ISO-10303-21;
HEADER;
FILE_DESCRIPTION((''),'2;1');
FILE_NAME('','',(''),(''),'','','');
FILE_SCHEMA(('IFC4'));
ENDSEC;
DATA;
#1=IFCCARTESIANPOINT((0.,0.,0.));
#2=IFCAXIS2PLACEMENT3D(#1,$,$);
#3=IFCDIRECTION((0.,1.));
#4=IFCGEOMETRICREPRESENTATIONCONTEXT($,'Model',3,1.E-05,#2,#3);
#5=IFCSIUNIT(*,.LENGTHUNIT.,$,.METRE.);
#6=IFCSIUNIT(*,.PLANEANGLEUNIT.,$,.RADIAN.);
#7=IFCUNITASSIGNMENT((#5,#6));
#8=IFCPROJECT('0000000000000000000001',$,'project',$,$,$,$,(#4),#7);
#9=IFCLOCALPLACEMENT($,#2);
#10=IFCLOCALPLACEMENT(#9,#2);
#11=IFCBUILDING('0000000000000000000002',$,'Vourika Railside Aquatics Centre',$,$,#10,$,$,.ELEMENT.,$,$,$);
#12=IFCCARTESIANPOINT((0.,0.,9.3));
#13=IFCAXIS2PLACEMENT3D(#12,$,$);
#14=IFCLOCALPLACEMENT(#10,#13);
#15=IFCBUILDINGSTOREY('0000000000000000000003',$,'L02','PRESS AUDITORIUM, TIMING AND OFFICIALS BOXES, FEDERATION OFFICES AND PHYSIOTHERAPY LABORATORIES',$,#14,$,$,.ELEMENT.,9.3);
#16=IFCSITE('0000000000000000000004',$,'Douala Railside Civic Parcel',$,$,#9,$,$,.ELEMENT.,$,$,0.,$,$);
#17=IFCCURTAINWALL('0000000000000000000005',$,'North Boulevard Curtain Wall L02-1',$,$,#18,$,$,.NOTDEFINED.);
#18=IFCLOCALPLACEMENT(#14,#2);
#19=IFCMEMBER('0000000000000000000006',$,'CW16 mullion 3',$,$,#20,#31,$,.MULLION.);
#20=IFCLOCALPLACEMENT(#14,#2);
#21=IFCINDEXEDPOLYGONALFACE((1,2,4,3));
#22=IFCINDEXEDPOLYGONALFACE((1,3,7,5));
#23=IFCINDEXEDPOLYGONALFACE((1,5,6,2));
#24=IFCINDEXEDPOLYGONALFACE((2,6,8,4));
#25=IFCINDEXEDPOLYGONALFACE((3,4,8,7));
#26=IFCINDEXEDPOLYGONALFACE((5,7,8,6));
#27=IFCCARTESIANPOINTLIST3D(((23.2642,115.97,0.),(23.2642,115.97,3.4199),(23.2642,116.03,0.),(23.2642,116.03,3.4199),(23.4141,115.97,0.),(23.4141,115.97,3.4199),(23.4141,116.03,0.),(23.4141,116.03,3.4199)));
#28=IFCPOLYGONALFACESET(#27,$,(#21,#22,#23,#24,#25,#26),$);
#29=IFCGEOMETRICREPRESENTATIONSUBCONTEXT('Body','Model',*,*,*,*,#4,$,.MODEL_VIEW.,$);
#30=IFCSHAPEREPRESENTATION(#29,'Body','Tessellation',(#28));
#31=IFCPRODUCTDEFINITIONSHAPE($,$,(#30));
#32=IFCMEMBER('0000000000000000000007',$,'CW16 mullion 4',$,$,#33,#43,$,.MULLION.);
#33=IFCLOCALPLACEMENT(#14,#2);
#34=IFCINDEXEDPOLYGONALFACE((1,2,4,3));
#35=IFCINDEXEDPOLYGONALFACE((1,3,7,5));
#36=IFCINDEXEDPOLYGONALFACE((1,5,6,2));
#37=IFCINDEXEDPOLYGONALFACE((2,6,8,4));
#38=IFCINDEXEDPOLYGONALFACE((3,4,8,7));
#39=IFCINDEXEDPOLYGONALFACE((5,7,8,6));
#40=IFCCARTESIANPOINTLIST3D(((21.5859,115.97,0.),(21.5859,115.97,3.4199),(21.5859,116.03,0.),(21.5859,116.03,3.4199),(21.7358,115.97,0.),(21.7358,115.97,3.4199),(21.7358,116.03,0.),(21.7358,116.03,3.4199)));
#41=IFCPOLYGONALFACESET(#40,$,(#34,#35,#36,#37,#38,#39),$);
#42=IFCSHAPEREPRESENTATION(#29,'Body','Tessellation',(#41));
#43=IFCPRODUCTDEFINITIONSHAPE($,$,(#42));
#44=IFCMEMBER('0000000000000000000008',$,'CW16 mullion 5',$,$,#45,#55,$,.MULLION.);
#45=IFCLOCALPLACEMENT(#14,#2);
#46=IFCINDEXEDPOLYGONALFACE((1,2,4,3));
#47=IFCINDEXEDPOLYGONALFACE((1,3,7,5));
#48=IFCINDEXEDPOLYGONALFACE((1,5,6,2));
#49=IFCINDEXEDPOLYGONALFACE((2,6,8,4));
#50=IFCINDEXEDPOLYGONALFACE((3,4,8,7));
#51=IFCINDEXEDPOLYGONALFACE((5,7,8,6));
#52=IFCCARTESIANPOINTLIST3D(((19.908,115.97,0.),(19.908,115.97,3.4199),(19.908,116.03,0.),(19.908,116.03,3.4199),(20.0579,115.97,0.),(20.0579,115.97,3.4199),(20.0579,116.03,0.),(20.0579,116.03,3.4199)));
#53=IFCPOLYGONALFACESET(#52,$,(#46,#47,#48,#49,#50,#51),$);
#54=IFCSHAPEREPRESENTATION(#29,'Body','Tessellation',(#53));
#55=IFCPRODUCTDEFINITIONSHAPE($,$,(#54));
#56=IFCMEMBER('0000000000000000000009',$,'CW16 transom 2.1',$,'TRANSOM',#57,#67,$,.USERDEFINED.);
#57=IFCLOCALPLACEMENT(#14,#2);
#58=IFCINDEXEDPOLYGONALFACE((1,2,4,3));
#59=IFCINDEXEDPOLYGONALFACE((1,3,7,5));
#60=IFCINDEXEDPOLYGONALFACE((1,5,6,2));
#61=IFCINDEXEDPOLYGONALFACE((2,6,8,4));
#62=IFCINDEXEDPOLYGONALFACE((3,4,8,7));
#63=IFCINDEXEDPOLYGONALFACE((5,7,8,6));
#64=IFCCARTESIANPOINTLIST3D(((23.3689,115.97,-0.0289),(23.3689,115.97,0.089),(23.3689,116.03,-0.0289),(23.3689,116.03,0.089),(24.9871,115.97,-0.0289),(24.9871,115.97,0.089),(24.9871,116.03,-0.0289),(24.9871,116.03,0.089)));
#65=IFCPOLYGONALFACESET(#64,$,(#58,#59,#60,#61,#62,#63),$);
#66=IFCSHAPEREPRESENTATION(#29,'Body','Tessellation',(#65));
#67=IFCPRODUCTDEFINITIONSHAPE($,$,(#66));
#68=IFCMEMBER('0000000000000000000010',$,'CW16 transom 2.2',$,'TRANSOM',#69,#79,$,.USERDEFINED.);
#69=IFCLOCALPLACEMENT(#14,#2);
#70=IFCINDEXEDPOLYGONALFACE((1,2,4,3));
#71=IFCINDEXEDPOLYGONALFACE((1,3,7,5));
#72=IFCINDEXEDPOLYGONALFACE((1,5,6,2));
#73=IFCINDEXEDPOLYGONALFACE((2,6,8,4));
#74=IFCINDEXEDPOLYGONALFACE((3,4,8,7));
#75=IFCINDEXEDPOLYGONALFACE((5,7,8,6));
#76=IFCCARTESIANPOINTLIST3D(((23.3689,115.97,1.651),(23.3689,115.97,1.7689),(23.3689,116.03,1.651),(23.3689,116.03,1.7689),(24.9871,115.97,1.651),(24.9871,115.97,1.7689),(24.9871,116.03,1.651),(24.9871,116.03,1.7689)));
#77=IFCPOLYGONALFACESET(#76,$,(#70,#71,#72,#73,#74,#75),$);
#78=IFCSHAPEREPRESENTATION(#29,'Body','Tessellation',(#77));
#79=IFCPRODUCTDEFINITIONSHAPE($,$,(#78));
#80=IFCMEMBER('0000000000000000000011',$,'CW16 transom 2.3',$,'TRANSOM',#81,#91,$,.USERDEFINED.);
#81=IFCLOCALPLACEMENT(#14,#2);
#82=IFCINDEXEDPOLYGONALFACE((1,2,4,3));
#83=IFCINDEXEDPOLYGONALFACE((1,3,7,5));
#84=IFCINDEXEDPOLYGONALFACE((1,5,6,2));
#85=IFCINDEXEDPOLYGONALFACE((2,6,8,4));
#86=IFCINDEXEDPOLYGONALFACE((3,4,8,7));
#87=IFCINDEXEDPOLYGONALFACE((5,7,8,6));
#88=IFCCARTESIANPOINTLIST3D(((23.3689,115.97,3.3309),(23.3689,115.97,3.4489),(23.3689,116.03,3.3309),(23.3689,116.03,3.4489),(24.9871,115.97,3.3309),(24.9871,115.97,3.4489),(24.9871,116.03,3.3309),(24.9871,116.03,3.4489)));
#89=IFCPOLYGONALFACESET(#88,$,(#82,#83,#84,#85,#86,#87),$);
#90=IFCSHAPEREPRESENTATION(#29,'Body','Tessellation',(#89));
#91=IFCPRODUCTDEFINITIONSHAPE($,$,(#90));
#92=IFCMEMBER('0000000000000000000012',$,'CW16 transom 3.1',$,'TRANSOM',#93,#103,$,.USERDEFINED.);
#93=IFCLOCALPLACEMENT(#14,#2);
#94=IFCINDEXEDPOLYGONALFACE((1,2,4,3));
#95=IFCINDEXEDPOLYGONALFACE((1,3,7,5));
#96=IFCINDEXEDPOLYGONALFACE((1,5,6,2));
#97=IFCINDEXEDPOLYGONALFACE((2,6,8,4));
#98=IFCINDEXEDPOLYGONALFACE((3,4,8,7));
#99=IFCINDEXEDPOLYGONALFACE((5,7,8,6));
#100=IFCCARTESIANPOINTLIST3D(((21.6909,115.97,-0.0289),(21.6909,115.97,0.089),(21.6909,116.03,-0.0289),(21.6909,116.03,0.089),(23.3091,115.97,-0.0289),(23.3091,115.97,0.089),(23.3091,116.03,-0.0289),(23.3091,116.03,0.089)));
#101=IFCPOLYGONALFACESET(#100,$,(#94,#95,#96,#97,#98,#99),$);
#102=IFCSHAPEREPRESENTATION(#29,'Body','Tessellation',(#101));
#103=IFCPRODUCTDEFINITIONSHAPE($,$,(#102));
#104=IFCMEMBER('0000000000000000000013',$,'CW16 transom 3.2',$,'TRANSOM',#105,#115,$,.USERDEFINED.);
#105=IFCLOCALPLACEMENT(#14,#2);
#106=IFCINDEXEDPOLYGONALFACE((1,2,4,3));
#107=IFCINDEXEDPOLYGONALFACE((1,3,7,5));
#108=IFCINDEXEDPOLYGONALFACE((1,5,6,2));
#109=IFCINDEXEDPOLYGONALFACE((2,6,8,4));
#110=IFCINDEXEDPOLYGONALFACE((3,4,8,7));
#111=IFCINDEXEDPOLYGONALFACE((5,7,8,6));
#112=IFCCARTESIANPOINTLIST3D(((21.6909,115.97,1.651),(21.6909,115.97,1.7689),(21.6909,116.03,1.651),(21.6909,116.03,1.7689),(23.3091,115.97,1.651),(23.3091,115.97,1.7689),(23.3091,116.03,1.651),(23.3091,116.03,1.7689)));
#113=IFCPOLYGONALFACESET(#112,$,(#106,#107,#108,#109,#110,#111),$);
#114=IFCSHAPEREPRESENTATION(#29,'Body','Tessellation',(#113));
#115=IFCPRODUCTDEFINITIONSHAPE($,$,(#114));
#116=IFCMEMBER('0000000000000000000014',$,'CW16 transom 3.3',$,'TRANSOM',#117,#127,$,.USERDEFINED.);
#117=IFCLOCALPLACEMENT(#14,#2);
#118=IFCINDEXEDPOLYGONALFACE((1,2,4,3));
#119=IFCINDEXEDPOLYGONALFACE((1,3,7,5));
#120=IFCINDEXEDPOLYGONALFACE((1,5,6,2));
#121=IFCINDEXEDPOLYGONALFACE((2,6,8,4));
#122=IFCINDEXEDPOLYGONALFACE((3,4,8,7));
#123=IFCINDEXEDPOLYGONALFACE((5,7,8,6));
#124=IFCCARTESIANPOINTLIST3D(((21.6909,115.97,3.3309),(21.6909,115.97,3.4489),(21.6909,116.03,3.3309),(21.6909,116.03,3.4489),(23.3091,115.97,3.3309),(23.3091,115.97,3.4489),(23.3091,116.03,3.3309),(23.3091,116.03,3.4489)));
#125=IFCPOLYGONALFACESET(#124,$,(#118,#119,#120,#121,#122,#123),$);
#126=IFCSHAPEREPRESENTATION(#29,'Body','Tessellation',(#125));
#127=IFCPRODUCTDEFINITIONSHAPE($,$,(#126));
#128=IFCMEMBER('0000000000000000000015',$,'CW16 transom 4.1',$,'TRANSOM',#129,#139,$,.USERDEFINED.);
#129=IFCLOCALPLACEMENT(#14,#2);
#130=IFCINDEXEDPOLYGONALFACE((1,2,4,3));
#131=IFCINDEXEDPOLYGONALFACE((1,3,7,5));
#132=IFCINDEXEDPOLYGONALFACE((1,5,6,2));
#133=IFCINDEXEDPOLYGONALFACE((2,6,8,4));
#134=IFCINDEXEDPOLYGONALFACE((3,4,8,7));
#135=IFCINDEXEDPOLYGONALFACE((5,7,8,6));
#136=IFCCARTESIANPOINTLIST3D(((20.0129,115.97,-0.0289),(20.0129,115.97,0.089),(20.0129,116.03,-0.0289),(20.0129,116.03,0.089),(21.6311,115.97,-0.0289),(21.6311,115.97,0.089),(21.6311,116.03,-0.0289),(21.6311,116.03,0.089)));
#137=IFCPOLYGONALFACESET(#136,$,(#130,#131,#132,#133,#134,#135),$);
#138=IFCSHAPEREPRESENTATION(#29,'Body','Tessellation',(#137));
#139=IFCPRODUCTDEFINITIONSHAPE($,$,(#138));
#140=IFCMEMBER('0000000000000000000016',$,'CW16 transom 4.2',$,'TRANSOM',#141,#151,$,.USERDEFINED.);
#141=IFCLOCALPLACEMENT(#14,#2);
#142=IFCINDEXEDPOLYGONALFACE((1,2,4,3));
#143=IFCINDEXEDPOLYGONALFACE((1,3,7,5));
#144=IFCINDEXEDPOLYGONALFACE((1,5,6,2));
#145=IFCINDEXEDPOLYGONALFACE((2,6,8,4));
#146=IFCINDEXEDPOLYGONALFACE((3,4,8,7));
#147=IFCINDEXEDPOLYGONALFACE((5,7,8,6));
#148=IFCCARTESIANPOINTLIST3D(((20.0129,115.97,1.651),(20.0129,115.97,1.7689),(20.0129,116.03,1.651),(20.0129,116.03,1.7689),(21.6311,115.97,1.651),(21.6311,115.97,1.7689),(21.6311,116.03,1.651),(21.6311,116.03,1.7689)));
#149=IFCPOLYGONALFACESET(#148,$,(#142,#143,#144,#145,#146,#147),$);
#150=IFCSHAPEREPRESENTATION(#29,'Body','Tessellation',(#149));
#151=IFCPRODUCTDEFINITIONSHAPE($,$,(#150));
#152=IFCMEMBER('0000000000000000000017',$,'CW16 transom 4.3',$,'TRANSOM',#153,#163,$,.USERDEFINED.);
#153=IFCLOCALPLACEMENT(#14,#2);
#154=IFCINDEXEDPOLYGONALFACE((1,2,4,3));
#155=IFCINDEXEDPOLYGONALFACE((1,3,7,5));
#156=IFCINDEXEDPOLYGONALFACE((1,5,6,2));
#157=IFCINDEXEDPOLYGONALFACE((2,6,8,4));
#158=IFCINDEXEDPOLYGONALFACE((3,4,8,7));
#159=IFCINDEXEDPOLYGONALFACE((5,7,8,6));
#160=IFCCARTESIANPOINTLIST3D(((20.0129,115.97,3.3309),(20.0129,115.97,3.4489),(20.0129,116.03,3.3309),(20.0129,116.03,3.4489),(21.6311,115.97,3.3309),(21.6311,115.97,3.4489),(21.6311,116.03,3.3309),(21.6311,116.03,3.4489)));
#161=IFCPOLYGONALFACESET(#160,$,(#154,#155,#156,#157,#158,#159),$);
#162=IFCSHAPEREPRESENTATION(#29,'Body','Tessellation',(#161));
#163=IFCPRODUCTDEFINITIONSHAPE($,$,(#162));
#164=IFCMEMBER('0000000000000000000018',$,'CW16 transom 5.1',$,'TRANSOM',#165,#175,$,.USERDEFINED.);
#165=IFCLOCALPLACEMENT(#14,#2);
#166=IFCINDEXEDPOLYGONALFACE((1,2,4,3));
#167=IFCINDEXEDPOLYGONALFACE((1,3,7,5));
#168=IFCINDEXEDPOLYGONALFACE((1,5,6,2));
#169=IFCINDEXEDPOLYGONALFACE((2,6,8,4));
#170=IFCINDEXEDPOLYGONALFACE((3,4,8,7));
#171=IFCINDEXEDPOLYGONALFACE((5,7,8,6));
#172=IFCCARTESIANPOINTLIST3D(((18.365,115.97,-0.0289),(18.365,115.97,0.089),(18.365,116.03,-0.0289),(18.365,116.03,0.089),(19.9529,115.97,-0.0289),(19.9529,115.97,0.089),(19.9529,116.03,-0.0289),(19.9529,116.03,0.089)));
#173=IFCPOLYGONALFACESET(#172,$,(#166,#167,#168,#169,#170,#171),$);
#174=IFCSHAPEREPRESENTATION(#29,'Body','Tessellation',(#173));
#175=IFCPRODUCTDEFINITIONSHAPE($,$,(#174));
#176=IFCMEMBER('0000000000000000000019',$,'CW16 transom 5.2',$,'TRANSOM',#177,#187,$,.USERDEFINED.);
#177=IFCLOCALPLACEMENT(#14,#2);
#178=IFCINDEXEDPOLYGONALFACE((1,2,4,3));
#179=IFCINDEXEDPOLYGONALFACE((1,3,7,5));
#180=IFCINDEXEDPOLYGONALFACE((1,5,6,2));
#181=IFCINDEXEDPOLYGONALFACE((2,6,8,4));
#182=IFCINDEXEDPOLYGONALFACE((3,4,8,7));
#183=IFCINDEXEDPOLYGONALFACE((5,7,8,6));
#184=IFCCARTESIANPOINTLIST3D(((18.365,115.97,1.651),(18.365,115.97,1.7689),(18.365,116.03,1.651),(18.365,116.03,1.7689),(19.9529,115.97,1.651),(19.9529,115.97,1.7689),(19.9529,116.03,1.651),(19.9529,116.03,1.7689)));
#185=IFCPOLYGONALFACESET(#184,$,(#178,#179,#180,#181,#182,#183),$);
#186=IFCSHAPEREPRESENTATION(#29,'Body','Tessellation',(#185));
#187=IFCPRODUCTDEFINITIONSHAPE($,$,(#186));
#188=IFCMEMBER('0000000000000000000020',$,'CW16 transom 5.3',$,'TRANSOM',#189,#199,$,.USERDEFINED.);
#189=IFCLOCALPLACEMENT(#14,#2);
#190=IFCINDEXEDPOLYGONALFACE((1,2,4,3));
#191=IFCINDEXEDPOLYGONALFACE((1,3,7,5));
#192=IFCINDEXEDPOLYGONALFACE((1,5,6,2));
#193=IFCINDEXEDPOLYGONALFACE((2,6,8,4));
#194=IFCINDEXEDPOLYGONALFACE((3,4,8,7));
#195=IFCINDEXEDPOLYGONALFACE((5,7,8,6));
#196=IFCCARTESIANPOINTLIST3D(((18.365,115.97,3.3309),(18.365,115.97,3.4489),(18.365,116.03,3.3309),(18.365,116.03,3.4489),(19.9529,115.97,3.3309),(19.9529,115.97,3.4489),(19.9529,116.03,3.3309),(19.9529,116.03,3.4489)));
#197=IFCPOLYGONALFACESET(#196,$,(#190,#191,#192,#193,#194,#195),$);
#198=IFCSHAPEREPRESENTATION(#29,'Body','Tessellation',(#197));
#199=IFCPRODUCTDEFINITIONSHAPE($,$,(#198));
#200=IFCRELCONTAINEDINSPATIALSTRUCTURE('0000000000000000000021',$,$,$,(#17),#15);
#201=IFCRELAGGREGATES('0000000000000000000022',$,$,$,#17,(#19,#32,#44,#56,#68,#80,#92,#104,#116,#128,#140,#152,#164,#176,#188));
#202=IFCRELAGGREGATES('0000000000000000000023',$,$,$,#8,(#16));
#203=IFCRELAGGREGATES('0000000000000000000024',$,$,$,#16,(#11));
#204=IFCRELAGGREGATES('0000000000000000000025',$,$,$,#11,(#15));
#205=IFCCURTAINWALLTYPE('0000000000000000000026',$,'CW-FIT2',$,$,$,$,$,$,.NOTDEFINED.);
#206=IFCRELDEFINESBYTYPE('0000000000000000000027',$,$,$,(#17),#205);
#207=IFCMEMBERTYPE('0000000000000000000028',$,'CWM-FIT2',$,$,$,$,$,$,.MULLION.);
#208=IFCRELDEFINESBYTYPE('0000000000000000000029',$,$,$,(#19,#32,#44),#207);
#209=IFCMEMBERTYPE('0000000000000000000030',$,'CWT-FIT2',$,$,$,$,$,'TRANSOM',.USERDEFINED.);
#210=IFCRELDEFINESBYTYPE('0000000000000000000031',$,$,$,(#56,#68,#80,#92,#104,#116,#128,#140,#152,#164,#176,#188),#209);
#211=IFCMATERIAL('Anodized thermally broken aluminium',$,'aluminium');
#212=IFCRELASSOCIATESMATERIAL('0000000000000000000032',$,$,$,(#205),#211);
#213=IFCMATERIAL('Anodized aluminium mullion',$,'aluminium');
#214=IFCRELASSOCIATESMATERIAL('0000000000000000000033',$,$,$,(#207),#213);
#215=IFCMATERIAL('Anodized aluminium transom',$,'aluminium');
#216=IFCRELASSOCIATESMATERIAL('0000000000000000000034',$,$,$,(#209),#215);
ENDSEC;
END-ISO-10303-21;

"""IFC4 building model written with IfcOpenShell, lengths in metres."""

from ifc_helpers import new_model, si_unit, direction, frame, origin, origin_2d, place, context, subcontext, project, spatial, rectangle, extrude, material, material_profile, profile_set, type_object, element, aggregate, save


model = new_model("IFC4")

# Units and contexts
model_context = context("Model", 3, precision=1e-05, world=origin(), true_north=direction((0.0, 1.0)))
body_context = subcontext(model_context, "Body", "Model", "MODEL_VIEW")
ifc_project = project(units=[si_unit("LENGTHUNIT", "METRE"), si_unit("PLANEANGLEUNIT", "RADIAN")], contexts=[model_context])

# Site, building, storey
site_placement = place(None, origin())
site = spatial("IfcSite", under=ifc_project, at=site_placement, Name="Douala Railside Civic Parcel", CompositionType="ELEMENT", RefElevation=0.0)
building_placement = place(site_placement, origin())
building = spatial("IfcBuilding", under=site, at=building_placement, Name="Vourika Railside Aquatics Centre", CompositionType="ELEMENT")
storey_placement = place(building_placement, frame((0.0, 0.0, 9.3)))
storey = spatial("IfcBuildingStorey", under=building, at=storey_placement, Name="L02", Description="PRESS AUDITORIUM, TIMING AND OFFICIALS BOXES, FEDERATION OFFICES AND PHYSIOTHERAPY LABORATORIES", CompositionType="ELEMENT", Elevation=9.3)

# Curtain wall, members
ifc_material_1 = material(Name="Anodized thermally broken aluminium", Category="aluminium")
curtain_wall_type = type_object("IfcCurtainWallType", Name="CW-FIT2", PredefinedType="NOTDEFINED", material=ifc_material_1)
curtain_wall_placement = place(storey_placement, origin())
curtain_wall = element("IfcCurtainWall", 1, at=curtain_wall_placement, inside=storey, type_object=curtain_wall_type, Name="North Boulevard Curtain Wall L02-1", PredefinedType="NOTDEFINED")
ifc_material_2 = material(Name="Anodized aluminium mullion", Category="aluminium")
ifc_material_profile_1 = material_profile(ifc_material_2, rectangle(XDim=0.0601, YDim=0.1499, at=origin_2d()), Name="ALU-M 60x150")
ifc_profile_set_1 = profile_set([ifc_material_profile_1], Name="Anodized aluminium mullion")
member_type_1 = type_object("IfcMemberType", Name="CWM-FIT2", PredefinedType="MULLION", material=ifc_profile_set_1)
member_1_placement = place(storey_placement, frame((23.3391, 116.0, 0.0), z_axis=(0.0, 0.0, 1.0), x_axis=(0.0, -1.0, 0.0)))
member_1 = element("IfcMember", 2, at=member_1_placement, type_object=member_type_1, Name="CW16 mullion 3", PredefinedType="MULLION", context=body_context, shape_type="SweptSolid", body=[
    extrude(rectangle(XDim=0.0601, YDim=0.1499, at=origin_2d()), origin(), (0.0, 0.0, 1.0), 3.4199),
])
member_2_placement = place(storey_placement, frame((21.6609, 116.0, 0.0), z_axis=(0.0, 0.0, 1.0), x_axis=(0.0, -1.0, 0.0)))
member_2 = element("IfcMember", 3, at=member_2_placement, type_object=member_type_1, Name="CW16 mullion 4", PredefinedType="MULLION", context=body_context, shape_type="SweptSolid", body=[
    extrude(rectangle(XDim=0.0601, YDim=0.1499, at=origin_2d()), origin(), (0.0, 0.0, 1.0), 3.4199),
])
member_3_placement = place(storey_placement, frame((19.9829, 116.0, 0.0), z_axis=(0.0, 0.0, 1.0), x_axis=(0.0, -1.0, 0.0)))
member_3 = element("IfcMember", 4, at=member_3_placement, type_object=member_type_1, Name="CW16 mullion 5", PredefinedType="MULLION", context=body_context, shape_type="SweptSolid", body=[
    extrude(rectangle(XDim=0.0601, YDim=0.1499, at=origin_2d()), origin(), (0.0, 0.0, 1.0), 3.4199),
])
ifc_material_3 = material(Name="Anodized aluminium transom", Category="aluminium")
ifc_material_profile_2 = material_profile(ifc_material_3, rectangle(XDim=0.0601, YDim=0.1179, at=origin_2d()), Name="ALU-T 60x118")
ifc_profile_set_2 = profile_set([ifc_material_profile_2], Name="Anodized aluminium transom")
member_type_2 = type_object("IfcMemberType", Name="CWT-FIT2", ElementType="TRANSOM", PredefinedType="USERDEFINED", material=ifc_profile_set_2)
member_4_placement = place(storey_placement, frame((24.9871, 116.0, 0.03), z_axis=(-1.0, 0.0, 0.0), x_axis=(0.0, -1.0, 0.0)))
member_4 = element("IfcMember", 5, at=member_4_placement, type_object=member_type_2, Name="CW16 transom 2.1", ObjectType="TRANSOM", PredefinedType="USERDEFINED", context=body_context, shape_type="SweptSolid", body=[
    extrude(rectangle(XDim=0.0601, YDim=0.1179, at=origin_2d()), origin(), (0.0, 0.0, 1.0), 1.6182),
])
member_5_placement = place(storey_placement, frame((24.9871, 116.0, 1.71), z_axis=(-1.0, 0.0, 0.0), x_axis=(0.0, -1.0, 0.0)))
member_5 = element("IfcMember", 6, at=member_5_placement, type_object=member_type_2, Name="CW16 transom 2.2", ObjectType="TRANSOM", PredefinedType="USERDEFINED", context=body_context, shape_type="SweptSolid", body=[
    extrude(rectangle(XDim=0.0601, YDim=0.1179, at=origin_2d()), origin(), (0.0, 0.0, 1.0), 1.6182),
])
member_6_placement = place(storey_placement, frame((24.9871, 116.0, 3.3899), z_axis=(-1.0, 0.0, 0.0), x_axis=(0.0, -1.0, 0.0)))
member_6 = element("IfcMember", 7, at=member_6_placement, type_object=member_type_2, Name="CW16 transom 2.3", ObjectType="TRANSOM", PredefinedType="USERDEFINED", context=body_context, shape_type="SweptSolid", body=[
    extrude(rectangle(XDim=0.0601, YDim=0.1179, at=origin_2d()), origin(), (0.0, 0.0, 1.0), 1.6182),
])
member_7_placement = place(storey_placement, frame((23.3091, 116.0, 0.03), z_axis=(-1.0, 0.0, 0.0), x_axis=(0.0, -1.0, 0.0)))
member_7 = element("IfcMember", 8, at=member_7_placement, type_object=member_type_2, Name="CW16 transom 3.1", ObjectType="TRANSOM", PredefinedType="USERDEFINED", context=body_context, shape_type="SweptSolid", body=[
    extrude(rectangle(XDim=0.0601, YDim=0.1179, at=origin_2d()), origin(), (0.0, 0.0, 1.0), 1.6182),
])
member_8_placement = place(storey_placement, frame((23.3091, 116.0, 1.71), z_axis=(-1.0, 0.0, 0.0), x_axis=(0.0, -1.0, 0.0)))
member_8 = element("IfcMember", 9, at=member_8_placement, type_object=member_type_2, Name="CW16 transom 3.2", ObjectType="TRANSOM", PredefinedType="USERDEFINED", context=body_context, shape_type="SweptSolid", body=[
    extrude(rectangle(XDim=0.0601, YDim=0.1179, at=origin_2d()), origin(), (0.0, 0.0, 1.0), 1.6182),
])
member_9_placement = place(storey_placement, frame((23.3091, 116.0, 3.3899), z_axis=(-1.0, 0.0, 0.0), x_axis=(0.0, -1.0, 0.0)))
member_9 = element("IfcMember", 10, at=member_9_placement, type_object=member_type_2, Name="CW16 transom 3.3", ObjectType="TRANSOM", PredefinedType="USERDEFINED", context=body_context, shape_type="SweptSolid", body=[
    extrude(rectangle(XDim=0.0601, YDim=0.1179, at=origin_2d()), origin(), (0.0, 0.0, 1.0), 1.6182),
])
member_10_placement = place(storey_placement, frame((21.6311, 116.0, 0.03), z_axis=(-1.0, 0.0, 0.0), x_axis=(0.0, -1.0, 0.0)))
member_10 = element("IfcMember", 11, at=member_10_placement, type_object=member_type_2, Name="CW16 transom 4.1", ObjectType="TRANSOM", PredefinedType="USERDEFINED", context=body_context, shape_type="SweptSolid", body=[
    extrude(rectangle(XDim=0.0601, YDim=0.1179, at=origin_2d()), origin(), (0.0, 0.0, 1.0), 1.6182),
])
member_11_placement = place(storey_placement, frame((21.6311, 116.0, 1.71), z_axis=(-1.0, 0.0, 0.0), x_axis=(0.0, -1.0, 0.0)))
member_11 = element("IfcMember", 12, at=member_11_placement, type_object=member_type_2, Name="CW16 transom 4.2", ObjectType="TRANSOM", PredefinedType="USERDEFINED", context=body_context, shape_type="SweptSolid", body=[
    extrude(rectangle(XDim=0.0601, YDim=0.1179, at=origin_2d()), origin(), (0.0, 0.0, 1.0), 1.6182),
])
member_12_placement = place(storey_placement, frame((21.6311, 116.0, 3.3899), z_axis=(-1.0, 0.0, 0.0), x_axis=(0.0, -1.0, 0.0)))
member_12 = element("IfcMember", 13, at=member_12_placement, type_object=member_type_2, Name="CW16 transom 4.3", ObjectType="TRANSOM", PredefinedType="USERDEFINED", context=body_context, shape_type="SweptSolid", body=[
    extrude(rectangle(XDim=0.0601, YDim=0.1179, at=origin_2d()), origin(), (0.0, 0.0, 1.0), 1.6182),
])
member_13_placement = place(storey_placement, frame((19.9529, 116.0, 0.03), z_axis=(-1.0, 0.0, 0.0), x_axis=(0.0, -1.0, 0.0)))
member_13 = element("IfcMember", 14, at=member_13_placement, type_object=member_type_2, Name="CW16 transom 5.1", ObjectType="TRANSOM", PredefinedType="USERDEFINED", context=body_context, shape_type="SweptSolid", body=[
    extrude(rectangle(XDim=0.0601, YDim=0.1179, at=origin_2d()), origin(), (0.0, 0.0, 1.0), 1.5879),
])
member_14_placement = place(storey_placement, frame((19.9529, 116.0, 1.71), z_axis=(-1.0, 0.0, 0.0), x_axis=(0.0, -1.0, 0.0)))
member_14 = element("IfcMember", 15, at=member_14_placement, type_object=member_type_2, Name="CW16 transom 5.2", ObjectType="TRANSOM", PredefinedType="USERDEFINED", context=body_context, shape_type="SweptSolid", body=[
    extrude(rectangle(XDim=0.0601, YDim=0.1179, at=origin_2d()), origin(), (0.0, 0.0, 1.0), 1.5879),
])
member_15_placement = place(storey_placement, frame((19.9529, 116.0, 3.3899), z_axis=(-1.0, 0.0, 0.0), x_axis=(0.0, -1.0, 0.0)))
member_15 = element("IfcMember", 16, at=member_15_placement, type_object=member_type_2, Name="CW16 transom 5.3", ObjectType="TRANSOM", PredefinedType="USERDEFINED", context=body_context, shape_type="SweptSolid", body=[
    extrude(rectangle(XDim=0.0601, YDim=0.1179, at=origin_2d()), origin(), (0.0, 0.0, 1.0), 1.5879),
])
aggregate(curtain_wall, [member_1, member_2, member_3, member_4, member_5, member_6, member_7, member_8, member_9, member_10, member_11, member_12, member_13, member_14, member_15])

save(model, "model.ifc")
